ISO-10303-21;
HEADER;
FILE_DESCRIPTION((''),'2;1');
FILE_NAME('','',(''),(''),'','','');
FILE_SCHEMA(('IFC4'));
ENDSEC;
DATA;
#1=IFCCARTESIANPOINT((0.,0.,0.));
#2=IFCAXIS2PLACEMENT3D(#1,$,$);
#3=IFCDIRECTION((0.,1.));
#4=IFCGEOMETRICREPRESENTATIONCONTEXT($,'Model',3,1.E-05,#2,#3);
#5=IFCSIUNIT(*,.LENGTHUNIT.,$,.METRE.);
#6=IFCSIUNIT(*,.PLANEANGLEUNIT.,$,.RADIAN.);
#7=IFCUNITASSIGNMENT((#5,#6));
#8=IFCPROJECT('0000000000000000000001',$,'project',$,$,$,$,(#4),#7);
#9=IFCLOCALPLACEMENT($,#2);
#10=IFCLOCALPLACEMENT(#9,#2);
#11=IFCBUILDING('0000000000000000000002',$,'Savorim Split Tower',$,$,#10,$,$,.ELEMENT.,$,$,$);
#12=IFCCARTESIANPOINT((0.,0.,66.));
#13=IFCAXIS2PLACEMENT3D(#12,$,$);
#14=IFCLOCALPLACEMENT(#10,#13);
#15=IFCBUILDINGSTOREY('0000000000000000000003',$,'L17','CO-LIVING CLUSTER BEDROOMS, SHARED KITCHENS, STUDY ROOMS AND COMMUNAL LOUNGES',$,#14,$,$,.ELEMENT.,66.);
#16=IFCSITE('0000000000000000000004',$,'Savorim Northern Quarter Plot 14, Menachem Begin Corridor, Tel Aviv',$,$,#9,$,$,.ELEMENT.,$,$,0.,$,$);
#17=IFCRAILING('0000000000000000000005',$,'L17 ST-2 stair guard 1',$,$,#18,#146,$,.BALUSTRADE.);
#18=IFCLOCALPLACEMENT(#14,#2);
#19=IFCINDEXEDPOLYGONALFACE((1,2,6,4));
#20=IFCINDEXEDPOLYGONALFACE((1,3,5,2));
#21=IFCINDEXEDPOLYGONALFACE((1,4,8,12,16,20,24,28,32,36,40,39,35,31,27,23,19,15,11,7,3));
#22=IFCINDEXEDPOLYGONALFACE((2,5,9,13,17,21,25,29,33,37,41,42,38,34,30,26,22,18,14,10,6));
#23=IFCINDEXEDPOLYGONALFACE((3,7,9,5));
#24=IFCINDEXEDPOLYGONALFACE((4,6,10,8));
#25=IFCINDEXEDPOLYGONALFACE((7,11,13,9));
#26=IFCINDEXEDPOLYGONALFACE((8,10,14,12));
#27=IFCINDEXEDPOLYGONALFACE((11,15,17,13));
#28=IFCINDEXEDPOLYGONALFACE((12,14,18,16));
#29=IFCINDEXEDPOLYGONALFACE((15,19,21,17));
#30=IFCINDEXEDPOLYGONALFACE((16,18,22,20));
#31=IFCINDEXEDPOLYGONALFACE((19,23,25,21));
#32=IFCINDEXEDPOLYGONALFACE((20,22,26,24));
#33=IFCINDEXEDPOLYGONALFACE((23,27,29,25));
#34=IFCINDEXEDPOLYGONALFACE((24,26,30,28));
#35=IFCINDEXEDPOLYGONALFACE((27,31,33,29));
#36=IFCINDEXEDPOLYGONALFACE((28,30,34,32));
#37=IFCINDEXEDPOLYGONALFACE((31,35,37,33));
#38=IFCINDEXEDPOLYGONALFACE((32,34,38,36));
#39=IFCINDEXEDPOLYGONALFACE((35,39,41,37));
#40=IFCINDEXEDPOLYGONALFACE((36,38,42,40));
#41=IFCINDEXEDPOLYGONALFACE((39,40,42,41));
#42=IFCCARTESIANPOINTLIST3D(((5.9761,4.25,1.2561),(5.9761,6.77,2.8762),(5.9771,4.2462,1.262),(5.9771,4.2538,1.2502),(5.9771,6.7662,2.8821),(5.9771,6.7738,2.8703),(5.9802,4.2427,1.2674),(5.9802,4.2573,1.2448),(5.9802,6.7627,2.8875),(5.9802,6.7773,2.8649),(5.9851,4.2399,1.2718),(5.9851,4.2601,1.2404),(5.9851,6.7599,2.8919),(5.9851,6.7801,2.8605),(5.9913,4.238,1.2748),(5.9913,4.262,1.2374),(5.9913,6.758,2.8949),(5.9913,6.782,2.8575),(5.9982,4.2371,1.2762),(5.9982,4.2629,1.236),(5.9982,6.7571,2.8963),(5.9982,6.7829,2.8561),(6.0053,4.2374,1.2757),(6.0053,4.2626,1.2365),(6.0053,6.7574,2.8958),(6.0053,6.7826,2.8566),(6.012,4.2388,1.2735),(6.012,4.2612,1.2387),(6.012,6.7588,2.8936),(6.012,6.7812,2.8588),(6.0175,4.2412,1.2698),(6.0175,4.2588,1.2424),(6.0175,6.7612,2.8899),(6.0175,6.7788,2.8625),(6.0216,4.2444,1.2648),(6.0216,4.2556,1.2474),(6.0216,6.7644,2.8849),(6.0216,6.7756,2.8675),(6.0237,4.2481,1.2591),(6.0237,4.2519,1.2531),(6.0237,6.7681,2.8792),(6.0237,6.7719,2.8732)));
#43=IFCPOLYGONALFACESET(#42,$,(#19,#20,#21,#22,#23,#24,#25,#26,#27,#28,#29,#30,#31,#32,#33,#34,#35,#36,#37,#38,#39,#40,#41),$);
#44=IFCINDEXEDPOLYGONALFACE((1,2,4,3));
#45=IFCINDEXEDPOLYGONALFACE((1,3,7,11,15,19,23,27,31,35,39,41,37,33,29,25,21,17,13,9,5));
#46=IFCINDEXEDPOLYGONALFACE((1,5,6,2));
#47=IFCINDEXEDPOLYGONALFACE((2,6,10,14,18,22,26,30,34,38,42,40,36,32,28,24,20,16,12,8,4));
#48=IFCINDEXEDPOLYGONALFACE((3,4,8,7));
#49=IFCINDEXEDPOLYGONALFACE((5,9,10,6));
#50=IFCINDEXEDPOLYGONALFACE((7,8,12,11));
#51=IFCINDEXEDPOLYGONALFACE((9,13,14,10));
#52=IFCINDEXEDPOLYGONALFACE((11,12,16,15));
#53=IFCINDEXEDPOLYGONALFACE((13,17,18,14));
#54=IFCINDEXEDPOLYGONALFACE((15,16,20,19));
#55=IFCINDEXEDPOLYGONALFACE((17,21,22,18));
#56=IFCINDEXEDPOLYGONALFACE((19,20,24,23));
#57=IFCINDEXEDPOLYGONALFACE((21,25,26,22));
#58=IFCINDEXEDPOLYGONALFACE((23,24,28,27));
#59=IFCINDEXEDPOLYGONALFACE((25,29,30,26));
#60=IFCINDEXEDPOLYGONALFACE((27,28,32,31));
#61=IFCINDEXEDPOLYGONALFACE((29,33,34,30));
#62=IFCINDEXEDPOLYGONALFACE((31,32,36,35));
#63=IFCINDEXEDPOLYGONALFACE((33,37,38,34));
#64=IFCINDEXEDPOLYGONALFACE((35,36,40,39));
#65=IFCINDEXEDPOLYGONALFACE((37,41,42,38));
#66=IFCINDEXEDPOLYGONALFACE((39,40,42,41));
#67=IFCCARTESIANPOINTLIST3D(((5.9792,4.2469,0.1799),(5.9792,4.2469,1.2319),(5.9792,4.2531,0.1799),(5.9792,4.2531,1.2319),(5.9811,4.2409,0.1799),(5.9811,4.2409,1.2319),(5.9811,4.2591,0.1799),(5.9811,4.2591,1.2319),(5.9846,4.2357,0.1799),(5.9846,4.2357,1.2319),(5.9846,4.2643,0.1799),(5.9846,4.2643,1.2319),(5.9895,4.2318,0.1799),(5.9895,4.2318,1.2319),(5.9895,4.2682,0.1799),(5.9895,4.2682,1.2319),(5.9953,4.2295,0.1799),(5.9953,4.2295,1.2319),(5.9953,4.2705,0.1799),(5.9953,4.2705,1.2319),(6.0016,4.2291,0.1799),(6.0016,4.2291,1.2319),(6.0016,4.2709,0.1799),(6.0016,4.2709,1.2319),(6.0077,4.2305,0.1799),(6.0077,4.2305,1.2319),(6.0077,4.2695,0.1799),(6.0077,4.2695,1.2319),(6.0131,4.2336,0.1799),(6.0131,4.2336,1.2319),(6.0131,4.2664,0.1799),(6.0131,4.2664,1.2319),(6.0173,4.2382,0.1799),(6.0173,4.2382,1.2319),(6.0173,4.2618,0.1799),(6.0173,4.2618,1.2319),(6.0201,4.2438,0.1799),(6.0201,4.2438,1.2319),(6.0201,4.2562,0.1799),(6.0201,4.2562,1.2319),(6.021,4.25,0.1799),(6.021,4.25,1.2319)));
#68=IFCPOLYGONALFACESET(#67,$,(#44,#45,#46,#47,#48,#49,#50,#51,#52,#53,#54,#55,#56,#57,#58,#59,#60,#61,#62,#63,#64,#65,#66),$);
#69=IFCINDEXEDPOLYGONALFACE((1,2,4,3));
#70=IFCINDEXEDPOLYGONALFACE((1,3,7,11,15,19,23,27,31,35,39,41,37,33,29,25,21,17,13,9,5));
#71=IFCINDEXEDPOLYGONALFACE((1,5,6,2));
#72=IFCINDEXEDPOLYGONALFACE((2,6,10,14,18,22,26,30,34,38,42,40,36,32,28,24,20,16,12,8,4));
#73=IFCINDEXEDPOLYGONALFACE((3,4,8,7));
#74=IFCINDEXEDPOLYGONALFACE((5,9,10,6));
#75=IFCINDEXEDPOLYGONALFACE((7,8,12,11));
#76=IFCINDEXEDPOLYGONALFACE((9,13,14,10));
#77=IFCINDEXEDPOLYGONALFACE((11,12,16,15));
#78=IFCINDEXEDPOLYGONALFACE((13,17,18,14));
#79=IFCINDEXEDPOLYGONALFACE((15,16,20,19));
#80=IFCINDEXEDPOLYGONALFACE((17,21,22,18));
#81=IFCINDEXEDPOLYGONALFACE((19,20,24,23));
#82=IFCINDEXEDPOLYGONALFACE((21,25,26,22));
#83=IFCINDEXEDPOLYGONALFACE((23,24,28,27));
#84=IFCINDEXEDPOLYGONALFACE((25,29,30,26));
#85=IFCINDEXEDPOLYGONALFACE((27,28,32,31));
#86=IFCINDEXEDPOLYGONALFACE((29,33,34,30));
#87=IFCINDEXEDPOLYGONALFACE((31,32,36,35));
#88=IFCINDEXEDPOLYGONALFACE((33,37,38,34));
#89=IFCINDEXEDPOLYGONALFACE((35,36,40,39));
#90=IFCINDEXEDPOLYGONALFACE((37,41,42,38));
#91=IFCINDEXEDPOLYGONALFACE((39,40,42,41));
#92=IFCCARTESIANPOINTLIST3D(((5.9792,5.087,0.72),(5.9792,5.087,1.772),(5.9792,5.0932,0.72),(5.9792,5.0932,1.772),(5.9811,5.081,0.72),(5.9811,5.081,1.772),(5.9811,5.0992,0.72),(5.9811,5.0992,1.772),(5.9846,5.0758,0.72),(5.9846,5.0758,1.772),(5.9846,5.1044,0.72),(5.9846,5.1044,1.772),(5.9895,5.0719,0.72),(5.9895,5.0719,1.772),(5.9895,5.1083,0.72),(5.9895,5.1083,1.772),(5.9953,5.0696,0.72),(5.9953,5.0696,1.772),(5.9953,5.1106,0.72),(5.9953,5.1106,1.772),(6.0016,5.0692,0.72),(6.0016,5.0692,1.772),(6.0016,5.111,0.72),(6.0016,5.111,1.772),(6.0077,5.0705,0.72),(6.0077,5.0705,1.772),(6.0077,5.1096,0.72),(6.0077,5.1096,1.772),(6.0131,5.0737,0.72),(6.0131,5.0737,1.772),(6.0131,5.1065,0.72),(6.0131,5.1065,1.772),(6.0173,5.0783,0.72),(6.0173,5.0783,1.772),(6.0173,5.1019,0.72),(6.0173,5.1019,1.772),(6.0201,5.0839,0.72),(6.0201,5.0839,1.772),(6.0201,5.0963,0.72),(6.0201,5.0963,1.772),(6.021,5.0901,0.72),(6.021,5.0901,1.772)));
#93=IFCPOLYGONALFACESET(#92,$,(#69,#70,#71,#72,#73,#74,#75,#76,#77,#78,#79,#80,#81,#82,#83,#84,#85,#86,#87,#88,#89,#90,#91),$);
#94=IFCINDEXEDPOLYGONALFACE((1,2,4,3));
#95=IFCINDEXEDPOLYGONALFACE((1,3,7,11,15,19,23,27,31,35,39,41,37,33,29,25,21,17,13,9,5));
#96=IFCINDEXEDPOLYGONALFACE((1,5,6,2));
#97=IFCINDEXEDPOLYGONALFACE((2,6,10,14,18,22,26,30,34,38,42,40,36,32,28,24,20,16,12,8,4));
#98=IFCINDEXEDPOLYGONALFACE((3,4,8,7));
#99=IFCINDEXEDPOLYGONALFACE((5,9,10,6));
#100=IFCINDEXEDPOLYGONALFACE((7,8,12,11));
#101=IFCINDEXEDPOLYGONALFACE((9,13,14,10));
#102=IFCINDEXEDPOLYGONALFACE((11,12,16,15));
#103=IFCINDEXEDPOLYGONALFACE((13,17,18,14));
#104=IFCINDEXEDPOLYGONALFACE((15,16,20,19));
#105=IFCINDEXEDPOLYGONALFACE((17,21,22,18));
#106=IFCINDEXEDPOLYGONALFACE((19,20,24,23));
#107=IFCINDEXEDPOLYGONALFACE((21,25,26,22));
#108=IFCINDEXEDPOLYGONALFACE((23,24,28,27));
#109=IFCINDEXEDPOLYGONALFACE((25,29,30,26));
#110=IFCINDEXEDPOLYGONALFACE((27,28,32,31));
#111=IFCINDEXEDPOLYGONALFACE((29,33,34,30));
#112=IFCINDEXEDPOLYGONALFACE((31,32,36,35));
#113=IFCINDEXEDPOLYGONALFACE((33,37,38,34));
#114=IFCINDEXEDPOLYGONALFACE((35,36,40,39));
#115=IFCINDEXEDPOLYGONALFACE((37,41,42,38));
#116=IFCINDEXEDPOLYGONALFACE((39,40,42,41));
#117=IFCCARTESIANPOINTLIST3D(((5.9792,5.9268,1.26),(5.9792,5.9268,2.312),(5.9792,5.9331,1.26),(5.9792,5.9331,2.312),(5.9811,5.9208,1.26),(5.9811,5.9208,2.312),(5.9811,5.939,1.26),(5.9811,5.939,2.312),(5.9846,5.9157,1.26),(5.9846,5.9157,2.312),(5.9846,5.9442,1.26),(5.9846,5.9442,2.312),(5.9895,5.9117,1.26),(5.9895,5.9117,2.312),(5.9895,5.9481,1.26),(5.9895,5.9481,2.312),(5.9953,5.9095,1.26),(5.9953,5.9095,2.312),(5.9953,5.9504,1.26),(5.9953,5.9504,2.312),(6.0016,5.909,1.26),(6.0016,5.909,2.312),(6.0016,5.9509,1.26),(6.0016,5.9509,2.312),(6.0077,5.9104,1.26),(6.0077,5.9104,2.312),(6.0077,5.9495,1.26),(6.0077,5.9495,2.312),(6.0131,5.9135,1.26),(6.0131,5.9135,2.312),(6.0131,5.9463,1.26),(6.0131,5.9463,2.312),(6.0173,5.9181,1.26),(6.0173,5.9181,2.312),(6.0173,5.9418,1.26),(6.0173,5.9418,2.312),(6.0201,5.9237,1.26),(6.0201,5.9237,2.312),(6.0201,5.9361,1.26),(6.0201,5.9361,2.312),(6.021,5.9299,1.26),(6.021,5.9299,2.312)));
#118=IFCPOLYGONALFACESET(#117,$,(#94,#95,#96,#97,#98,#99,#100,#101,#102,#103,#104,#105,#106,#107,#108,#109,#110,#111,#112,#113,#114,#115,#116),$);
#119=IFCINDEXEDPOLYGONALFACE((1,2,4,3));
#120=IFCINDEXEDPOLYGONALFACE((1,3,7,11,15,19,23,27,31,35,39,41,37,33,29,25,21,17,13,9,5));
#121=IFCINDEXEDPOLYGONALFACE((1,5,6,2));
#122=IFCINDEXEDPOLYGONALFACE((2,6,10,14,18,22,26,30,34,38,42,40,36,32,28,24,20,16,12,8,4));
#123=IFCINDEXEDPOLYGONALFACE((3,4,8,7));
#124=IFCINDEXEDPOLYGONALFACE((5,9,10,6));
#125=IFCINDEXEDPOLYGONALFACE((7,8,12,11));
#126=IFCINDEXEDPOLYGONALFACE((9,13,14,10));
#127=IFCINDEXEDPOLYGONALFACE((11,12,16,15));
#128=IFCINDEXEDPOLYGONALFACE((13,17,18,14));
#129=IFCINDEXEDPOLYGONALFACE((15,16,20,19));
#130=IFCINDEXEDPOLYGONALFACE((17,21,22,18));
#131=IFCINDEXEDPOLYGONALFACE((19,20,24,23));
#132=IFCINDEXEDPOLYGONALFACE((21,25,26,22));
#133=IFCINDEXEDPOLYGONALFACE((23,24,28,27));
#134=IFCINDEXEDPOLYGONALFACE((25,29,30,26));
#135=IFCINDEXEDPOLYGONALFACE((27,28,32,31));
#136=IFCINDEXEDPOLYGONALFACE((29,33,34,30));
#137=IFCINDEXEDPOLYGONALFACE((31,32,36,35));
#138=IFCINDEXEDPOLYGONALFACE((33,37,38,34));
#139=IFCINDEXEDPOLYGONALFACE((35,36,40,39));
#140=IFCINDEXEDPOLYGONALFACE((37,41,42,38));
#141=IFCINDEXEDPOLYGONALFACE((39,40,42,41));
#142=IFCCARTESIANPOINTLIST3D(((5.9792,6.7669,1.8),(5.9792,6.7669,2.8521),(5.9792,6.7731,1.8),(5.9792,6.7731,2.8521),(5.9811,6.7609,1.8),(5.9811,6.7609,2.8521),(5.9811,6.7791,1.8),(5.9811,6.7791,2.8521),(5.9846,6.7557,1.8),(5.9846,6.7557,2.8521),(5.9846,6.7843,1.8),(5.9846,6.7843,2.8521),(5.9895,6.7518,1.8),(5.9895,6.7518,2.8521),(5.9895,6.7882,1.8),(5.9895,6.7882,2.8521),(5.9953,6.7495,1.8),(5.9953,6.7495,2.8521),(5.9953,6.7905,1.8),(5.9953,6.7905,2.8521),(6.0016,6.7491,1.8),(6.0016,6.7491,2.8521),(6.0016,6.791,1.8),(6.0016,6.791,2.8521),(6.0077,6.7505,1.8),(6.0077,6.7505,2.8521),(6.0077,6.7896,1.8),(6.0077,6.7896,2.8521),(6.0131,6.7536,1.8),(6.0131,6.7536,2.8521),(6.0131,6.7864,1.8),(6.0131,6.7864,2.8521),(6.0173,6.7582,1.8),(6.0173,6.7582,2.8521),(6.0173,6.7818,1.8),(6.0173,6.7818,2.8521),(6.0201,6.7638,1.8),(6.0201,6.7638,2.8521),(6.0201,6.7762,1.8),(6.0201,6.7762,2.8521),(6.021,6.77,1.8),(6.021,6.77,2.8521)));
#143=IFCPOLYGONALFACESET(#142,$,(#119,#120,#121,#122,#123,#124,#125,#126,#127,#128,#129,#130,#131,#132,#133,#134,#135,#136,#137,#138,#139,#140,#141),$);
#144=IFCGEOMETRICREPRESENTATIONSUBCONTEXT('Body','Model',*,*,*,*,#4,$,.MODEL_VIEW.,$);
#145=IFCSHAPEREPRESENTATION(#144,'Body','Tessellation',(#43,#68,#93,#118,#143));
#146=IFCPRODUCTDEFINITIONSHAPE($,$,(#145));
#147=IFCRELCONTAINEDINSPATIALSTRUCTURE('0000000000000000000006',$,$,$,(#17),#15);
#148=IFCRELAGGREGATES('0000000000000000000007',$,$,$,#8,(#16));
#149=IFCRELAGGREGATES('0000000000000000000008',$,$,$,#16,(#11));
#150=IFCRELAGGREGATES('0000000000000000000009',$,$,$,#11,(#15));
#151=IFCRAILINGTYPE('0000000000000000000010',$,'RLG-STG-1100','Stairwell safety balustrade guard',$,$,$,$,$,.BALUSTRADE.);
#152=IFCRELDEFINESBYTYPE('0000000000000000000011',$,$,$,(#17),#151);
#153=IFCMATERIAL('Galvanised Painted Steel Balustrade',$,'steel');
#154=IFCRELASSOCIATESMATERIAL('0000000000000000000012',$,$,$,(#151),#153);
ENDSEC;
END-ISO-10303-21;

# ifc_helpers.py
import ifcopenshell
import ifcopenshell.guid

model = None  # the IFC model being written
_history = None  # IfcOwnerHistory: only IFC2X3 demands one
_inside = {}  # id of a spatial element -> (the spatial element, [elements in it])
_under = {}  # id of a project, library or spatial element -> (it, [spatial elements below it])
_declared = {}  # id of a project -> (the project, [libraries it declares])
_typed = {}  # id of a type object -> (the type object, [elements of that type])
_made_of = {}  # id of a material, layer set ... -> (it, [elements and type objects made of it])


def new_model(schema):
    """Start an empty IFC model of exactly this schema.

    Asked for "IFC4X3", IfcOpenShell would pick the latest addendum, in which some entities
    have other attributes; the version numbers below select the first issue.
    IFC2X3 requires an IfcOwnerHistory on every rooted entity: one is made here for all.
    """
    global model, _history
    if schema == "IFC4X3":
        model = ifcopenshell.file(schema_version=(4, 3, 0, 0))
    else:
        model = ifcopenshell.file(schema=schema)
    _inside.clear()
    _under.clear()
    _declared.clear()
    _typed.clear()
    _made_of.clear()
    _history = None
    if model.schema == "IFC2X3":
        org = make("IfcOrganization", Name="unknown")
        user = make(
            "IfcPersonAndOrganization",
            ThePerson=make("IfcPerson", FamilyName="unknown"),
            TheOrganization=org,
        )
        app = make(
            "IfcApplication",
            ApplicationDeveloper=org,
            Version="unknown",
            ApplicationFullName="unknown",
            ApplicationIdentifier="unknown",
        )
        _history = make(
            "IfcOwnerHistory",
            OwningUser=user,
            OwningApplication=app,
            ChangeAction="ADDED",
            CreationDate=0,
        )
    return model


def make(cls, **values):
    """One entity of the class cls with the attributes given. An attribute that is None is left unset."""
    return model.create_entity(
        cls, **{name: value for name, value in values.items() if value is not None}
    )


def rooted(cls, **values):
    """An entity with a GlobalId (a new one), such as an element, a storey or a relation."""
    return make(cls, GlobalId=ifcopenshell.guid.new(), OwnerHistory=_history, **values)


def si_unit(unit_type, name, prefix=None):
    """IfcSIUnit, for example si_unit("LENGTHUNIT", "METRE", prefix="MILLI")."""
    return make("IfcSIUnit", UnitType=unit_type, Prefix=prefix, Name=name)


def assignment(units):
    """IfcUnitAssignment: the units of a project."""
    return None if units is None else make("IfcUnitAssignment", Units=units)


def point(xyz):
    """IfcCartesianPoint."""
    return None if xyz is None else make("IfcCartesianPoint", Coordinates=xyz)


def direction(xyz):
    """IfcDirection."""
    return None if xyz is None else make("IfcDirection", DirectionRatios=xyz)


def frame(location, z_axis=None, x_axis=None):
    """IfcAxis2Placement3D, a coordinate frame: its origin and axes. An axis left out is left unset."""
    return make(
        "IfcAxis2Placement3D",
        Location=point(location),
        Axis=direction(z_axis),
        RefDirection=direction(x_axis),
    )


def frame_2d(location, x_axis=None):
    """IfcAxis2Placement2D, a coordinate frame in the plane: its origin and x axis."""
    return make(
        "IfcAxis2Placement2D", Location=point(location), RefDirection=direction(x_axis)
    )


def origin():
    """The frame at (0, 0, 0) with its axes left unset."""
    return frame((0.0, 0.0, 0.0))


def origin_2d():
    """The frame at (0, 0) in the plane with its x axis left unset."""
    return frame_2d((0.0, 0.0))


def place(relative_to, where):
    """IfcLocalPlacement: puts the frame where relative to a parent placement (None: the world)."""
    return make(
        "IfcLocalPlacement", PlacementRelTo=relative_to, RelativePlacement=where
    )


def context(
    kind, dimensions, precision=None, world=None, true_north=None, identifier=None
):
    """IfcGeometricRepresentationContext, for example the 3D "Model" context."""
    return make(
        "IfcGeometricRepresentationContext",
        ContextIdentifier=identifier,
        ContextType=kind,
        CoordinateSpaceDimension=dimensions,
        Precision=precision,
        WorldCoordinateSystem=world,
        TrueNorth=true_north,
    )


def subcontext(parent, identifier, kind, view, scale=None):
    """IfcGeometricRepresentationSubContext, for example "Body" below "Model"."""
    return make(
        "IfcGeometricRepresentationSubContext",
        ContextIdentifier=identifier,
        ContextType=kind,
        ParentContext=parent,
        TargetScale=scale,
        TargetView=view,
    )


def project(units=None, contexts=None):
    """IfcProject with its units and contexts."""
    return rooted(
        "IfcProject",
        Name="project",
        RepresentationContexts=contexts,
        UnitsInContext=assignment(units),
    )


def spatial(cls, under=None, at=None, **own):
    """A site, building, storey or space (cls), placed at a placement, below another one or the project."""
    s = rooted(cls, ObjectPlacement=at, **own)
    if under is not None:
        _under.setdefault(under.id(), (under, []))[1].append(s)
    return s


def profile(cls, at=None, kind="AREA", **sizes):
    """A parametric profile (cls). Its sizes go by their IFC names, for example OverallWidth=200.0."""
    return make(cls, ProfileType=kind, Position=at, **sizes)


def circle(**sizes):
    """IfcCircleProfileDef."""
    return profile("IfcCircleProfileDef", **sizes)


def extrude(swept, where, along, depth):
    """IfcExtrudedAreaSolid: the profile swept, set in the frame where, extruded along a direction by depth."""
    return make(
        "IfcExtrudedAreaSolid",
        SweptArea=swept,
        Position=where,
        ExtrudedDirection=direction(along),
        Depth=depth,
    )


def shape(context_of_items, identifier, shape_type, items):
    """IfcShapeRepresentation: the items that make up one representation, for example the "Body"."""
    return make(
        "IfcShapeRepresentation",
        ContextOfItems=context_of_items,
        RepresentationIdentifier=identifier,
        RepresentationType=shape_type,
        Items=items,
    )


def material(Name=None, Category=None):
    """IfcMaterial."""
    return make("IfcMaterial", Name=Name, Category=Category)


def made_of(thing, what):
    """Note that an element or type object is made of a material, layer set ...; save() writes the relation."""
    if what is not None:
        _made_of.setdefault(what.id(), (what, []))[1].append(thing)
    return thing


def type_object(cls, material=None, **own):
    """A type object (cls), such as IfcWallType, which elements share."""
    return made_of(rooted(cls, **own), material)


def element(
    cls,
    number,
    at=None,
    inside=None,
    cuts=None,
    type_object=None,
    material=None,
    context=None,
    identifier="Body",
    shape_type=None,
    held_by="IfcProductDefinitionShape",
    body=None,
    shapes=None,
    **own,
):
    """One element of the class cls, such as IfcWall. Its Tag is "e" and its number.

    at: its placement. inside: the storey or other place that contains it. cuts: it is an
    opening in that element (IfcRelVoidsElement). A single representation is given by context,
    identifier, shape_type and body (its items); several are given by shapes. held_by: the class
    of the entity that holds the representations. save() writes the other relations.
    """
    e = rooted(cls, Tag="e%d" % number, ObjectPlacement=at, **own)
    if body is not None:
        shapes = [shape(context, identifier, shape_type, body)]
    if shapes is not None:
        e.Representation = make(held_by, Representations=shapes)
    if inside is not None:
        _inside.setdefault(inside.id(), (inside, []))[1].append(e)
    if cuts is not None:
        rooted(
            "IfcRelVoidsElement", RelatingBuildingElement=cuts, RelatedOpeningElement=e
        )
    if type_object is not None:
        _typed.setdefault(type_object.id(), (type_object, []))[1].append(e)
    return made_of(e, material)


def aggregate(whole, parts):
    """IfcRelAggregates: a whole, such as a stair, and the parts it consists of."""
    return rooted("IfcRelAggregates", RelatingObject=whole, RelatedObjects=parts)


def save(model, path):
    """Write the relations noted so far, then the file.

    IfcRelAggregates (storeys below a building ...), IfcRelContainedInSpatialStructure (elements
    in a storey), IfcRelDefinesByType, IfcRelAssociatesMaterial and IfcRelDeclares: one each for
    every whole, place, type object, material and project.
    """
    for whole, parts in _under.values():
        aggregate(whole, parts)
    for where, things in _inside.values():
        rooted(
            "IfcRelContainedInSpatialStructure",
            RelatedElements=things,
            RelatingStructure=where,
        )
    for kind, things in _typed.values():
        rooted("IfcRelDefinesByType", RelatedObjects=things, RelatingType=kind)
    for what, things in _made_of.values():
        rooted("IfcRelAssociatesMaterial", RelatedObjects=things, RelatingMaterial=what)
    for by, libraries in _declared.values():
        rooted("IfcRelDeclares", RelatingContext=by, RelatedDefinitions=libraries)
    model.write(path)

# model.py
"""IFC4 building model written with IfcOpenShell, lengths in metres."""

from ifc_helpers import new_model, si_unit, direction, frame, origin, origin_2d, place, context, subcontext, project, spatial, circle, extrude, material, type_object, element, save


model = new_model("IFC4")

# Units and contexts
model_context = context("Model", 3, precision=1e-05, world=origin(), true_north=direction((0.0, 1.0)))
body_context = subcontext(model_context, "Body", "Model", "MODEL_VIEW")
ifc_project = project(units=[si_unit("LENGTHUNIT", "METRE"), si_unit("PLANEANGLEUNIT", "RADIAN")], contexts=[model_context])

# Site, building, storey
site_placement = place(None, origin())
site = spatial("IfcSite", under=ifc_project, at=site_placement, Name="Savorim Northern Quarter Plot 14, Menachem Begin Corridor, Tel Aviv", CompositionType="ELEMENT", RefElevation=0.0)
building_placement = place(site_placement, origin())
building = spatial("IfcBuilding", under=site, at=building_placement, Name="Savorim Split Tower", CompositionType="ELEMENT")
storey_placement = place(building_placement, frame((0.0, 0.0, 66.0)))
storey = spatial("IfcBuildingStorey", under=building, at=storey_placement, Name="L17", Description="CO-LIVING CLUSTER BEDROOMS, SHARED KITCHENS, STUDY ROOMS AND COMMUNAL LOUNGES", CompositionType="ELEMENT", Elevation=66.0)

# Railing
ifc_material_1 = material(Name="Galvanised Painted Steel Balustrade", Category="steel")
railing_type_1 = type_object("IfcRailingType", Name="RLG-STG-1100", Description="Stairwell safety balustrade guard", PredefinedType="BALUSTRADE", material=ifc_material_1)
railing_1_placement = place(storey_placement, frame((6.0, 4.25, 0.1799)))
element("IfcRailing", 1, at=railing_1_placement, inside=storey, type_object=railing_type_1, Name="L17 ST-2 stair guard 1", PredefinedType="BALUSTRADE", context=body_context, shape_type="SweptSolid", body=[
    extrude(circle(Radius=0.0239, at=origin_2d()), frame((0.0, 0.0, 1.0762), z_axis=(0.0, 0.841163, 0.540782), x_axis=(-1.0, 0.0, 0.0)), (0.0, 0.0, 1.0), 2.9958),
    extrude(circle(Radius=0.021, at=origin_2d()), origin(), (0.0, 0.0, 1.0), 1.052),
    extrude(circle(Radius=0.021, at=origin_2d()), frame((0.0, 0.8401, 0.54)), (0.0, 0.0, 1.0), 1.052),
    extrude(circle(Radius=0.021, at=origin_2d()), frame((0.0, 1.6799, 1.0801)), (0.0, 0.0, 1.0), 1.052),
    extrude(circle(Radius=0.021, at=origin_2d()), frame((0.0, 2.52, 1.6201)), (0.0, 0.0, 1.0), 1.052),
])

save(model, "model.ifc")
